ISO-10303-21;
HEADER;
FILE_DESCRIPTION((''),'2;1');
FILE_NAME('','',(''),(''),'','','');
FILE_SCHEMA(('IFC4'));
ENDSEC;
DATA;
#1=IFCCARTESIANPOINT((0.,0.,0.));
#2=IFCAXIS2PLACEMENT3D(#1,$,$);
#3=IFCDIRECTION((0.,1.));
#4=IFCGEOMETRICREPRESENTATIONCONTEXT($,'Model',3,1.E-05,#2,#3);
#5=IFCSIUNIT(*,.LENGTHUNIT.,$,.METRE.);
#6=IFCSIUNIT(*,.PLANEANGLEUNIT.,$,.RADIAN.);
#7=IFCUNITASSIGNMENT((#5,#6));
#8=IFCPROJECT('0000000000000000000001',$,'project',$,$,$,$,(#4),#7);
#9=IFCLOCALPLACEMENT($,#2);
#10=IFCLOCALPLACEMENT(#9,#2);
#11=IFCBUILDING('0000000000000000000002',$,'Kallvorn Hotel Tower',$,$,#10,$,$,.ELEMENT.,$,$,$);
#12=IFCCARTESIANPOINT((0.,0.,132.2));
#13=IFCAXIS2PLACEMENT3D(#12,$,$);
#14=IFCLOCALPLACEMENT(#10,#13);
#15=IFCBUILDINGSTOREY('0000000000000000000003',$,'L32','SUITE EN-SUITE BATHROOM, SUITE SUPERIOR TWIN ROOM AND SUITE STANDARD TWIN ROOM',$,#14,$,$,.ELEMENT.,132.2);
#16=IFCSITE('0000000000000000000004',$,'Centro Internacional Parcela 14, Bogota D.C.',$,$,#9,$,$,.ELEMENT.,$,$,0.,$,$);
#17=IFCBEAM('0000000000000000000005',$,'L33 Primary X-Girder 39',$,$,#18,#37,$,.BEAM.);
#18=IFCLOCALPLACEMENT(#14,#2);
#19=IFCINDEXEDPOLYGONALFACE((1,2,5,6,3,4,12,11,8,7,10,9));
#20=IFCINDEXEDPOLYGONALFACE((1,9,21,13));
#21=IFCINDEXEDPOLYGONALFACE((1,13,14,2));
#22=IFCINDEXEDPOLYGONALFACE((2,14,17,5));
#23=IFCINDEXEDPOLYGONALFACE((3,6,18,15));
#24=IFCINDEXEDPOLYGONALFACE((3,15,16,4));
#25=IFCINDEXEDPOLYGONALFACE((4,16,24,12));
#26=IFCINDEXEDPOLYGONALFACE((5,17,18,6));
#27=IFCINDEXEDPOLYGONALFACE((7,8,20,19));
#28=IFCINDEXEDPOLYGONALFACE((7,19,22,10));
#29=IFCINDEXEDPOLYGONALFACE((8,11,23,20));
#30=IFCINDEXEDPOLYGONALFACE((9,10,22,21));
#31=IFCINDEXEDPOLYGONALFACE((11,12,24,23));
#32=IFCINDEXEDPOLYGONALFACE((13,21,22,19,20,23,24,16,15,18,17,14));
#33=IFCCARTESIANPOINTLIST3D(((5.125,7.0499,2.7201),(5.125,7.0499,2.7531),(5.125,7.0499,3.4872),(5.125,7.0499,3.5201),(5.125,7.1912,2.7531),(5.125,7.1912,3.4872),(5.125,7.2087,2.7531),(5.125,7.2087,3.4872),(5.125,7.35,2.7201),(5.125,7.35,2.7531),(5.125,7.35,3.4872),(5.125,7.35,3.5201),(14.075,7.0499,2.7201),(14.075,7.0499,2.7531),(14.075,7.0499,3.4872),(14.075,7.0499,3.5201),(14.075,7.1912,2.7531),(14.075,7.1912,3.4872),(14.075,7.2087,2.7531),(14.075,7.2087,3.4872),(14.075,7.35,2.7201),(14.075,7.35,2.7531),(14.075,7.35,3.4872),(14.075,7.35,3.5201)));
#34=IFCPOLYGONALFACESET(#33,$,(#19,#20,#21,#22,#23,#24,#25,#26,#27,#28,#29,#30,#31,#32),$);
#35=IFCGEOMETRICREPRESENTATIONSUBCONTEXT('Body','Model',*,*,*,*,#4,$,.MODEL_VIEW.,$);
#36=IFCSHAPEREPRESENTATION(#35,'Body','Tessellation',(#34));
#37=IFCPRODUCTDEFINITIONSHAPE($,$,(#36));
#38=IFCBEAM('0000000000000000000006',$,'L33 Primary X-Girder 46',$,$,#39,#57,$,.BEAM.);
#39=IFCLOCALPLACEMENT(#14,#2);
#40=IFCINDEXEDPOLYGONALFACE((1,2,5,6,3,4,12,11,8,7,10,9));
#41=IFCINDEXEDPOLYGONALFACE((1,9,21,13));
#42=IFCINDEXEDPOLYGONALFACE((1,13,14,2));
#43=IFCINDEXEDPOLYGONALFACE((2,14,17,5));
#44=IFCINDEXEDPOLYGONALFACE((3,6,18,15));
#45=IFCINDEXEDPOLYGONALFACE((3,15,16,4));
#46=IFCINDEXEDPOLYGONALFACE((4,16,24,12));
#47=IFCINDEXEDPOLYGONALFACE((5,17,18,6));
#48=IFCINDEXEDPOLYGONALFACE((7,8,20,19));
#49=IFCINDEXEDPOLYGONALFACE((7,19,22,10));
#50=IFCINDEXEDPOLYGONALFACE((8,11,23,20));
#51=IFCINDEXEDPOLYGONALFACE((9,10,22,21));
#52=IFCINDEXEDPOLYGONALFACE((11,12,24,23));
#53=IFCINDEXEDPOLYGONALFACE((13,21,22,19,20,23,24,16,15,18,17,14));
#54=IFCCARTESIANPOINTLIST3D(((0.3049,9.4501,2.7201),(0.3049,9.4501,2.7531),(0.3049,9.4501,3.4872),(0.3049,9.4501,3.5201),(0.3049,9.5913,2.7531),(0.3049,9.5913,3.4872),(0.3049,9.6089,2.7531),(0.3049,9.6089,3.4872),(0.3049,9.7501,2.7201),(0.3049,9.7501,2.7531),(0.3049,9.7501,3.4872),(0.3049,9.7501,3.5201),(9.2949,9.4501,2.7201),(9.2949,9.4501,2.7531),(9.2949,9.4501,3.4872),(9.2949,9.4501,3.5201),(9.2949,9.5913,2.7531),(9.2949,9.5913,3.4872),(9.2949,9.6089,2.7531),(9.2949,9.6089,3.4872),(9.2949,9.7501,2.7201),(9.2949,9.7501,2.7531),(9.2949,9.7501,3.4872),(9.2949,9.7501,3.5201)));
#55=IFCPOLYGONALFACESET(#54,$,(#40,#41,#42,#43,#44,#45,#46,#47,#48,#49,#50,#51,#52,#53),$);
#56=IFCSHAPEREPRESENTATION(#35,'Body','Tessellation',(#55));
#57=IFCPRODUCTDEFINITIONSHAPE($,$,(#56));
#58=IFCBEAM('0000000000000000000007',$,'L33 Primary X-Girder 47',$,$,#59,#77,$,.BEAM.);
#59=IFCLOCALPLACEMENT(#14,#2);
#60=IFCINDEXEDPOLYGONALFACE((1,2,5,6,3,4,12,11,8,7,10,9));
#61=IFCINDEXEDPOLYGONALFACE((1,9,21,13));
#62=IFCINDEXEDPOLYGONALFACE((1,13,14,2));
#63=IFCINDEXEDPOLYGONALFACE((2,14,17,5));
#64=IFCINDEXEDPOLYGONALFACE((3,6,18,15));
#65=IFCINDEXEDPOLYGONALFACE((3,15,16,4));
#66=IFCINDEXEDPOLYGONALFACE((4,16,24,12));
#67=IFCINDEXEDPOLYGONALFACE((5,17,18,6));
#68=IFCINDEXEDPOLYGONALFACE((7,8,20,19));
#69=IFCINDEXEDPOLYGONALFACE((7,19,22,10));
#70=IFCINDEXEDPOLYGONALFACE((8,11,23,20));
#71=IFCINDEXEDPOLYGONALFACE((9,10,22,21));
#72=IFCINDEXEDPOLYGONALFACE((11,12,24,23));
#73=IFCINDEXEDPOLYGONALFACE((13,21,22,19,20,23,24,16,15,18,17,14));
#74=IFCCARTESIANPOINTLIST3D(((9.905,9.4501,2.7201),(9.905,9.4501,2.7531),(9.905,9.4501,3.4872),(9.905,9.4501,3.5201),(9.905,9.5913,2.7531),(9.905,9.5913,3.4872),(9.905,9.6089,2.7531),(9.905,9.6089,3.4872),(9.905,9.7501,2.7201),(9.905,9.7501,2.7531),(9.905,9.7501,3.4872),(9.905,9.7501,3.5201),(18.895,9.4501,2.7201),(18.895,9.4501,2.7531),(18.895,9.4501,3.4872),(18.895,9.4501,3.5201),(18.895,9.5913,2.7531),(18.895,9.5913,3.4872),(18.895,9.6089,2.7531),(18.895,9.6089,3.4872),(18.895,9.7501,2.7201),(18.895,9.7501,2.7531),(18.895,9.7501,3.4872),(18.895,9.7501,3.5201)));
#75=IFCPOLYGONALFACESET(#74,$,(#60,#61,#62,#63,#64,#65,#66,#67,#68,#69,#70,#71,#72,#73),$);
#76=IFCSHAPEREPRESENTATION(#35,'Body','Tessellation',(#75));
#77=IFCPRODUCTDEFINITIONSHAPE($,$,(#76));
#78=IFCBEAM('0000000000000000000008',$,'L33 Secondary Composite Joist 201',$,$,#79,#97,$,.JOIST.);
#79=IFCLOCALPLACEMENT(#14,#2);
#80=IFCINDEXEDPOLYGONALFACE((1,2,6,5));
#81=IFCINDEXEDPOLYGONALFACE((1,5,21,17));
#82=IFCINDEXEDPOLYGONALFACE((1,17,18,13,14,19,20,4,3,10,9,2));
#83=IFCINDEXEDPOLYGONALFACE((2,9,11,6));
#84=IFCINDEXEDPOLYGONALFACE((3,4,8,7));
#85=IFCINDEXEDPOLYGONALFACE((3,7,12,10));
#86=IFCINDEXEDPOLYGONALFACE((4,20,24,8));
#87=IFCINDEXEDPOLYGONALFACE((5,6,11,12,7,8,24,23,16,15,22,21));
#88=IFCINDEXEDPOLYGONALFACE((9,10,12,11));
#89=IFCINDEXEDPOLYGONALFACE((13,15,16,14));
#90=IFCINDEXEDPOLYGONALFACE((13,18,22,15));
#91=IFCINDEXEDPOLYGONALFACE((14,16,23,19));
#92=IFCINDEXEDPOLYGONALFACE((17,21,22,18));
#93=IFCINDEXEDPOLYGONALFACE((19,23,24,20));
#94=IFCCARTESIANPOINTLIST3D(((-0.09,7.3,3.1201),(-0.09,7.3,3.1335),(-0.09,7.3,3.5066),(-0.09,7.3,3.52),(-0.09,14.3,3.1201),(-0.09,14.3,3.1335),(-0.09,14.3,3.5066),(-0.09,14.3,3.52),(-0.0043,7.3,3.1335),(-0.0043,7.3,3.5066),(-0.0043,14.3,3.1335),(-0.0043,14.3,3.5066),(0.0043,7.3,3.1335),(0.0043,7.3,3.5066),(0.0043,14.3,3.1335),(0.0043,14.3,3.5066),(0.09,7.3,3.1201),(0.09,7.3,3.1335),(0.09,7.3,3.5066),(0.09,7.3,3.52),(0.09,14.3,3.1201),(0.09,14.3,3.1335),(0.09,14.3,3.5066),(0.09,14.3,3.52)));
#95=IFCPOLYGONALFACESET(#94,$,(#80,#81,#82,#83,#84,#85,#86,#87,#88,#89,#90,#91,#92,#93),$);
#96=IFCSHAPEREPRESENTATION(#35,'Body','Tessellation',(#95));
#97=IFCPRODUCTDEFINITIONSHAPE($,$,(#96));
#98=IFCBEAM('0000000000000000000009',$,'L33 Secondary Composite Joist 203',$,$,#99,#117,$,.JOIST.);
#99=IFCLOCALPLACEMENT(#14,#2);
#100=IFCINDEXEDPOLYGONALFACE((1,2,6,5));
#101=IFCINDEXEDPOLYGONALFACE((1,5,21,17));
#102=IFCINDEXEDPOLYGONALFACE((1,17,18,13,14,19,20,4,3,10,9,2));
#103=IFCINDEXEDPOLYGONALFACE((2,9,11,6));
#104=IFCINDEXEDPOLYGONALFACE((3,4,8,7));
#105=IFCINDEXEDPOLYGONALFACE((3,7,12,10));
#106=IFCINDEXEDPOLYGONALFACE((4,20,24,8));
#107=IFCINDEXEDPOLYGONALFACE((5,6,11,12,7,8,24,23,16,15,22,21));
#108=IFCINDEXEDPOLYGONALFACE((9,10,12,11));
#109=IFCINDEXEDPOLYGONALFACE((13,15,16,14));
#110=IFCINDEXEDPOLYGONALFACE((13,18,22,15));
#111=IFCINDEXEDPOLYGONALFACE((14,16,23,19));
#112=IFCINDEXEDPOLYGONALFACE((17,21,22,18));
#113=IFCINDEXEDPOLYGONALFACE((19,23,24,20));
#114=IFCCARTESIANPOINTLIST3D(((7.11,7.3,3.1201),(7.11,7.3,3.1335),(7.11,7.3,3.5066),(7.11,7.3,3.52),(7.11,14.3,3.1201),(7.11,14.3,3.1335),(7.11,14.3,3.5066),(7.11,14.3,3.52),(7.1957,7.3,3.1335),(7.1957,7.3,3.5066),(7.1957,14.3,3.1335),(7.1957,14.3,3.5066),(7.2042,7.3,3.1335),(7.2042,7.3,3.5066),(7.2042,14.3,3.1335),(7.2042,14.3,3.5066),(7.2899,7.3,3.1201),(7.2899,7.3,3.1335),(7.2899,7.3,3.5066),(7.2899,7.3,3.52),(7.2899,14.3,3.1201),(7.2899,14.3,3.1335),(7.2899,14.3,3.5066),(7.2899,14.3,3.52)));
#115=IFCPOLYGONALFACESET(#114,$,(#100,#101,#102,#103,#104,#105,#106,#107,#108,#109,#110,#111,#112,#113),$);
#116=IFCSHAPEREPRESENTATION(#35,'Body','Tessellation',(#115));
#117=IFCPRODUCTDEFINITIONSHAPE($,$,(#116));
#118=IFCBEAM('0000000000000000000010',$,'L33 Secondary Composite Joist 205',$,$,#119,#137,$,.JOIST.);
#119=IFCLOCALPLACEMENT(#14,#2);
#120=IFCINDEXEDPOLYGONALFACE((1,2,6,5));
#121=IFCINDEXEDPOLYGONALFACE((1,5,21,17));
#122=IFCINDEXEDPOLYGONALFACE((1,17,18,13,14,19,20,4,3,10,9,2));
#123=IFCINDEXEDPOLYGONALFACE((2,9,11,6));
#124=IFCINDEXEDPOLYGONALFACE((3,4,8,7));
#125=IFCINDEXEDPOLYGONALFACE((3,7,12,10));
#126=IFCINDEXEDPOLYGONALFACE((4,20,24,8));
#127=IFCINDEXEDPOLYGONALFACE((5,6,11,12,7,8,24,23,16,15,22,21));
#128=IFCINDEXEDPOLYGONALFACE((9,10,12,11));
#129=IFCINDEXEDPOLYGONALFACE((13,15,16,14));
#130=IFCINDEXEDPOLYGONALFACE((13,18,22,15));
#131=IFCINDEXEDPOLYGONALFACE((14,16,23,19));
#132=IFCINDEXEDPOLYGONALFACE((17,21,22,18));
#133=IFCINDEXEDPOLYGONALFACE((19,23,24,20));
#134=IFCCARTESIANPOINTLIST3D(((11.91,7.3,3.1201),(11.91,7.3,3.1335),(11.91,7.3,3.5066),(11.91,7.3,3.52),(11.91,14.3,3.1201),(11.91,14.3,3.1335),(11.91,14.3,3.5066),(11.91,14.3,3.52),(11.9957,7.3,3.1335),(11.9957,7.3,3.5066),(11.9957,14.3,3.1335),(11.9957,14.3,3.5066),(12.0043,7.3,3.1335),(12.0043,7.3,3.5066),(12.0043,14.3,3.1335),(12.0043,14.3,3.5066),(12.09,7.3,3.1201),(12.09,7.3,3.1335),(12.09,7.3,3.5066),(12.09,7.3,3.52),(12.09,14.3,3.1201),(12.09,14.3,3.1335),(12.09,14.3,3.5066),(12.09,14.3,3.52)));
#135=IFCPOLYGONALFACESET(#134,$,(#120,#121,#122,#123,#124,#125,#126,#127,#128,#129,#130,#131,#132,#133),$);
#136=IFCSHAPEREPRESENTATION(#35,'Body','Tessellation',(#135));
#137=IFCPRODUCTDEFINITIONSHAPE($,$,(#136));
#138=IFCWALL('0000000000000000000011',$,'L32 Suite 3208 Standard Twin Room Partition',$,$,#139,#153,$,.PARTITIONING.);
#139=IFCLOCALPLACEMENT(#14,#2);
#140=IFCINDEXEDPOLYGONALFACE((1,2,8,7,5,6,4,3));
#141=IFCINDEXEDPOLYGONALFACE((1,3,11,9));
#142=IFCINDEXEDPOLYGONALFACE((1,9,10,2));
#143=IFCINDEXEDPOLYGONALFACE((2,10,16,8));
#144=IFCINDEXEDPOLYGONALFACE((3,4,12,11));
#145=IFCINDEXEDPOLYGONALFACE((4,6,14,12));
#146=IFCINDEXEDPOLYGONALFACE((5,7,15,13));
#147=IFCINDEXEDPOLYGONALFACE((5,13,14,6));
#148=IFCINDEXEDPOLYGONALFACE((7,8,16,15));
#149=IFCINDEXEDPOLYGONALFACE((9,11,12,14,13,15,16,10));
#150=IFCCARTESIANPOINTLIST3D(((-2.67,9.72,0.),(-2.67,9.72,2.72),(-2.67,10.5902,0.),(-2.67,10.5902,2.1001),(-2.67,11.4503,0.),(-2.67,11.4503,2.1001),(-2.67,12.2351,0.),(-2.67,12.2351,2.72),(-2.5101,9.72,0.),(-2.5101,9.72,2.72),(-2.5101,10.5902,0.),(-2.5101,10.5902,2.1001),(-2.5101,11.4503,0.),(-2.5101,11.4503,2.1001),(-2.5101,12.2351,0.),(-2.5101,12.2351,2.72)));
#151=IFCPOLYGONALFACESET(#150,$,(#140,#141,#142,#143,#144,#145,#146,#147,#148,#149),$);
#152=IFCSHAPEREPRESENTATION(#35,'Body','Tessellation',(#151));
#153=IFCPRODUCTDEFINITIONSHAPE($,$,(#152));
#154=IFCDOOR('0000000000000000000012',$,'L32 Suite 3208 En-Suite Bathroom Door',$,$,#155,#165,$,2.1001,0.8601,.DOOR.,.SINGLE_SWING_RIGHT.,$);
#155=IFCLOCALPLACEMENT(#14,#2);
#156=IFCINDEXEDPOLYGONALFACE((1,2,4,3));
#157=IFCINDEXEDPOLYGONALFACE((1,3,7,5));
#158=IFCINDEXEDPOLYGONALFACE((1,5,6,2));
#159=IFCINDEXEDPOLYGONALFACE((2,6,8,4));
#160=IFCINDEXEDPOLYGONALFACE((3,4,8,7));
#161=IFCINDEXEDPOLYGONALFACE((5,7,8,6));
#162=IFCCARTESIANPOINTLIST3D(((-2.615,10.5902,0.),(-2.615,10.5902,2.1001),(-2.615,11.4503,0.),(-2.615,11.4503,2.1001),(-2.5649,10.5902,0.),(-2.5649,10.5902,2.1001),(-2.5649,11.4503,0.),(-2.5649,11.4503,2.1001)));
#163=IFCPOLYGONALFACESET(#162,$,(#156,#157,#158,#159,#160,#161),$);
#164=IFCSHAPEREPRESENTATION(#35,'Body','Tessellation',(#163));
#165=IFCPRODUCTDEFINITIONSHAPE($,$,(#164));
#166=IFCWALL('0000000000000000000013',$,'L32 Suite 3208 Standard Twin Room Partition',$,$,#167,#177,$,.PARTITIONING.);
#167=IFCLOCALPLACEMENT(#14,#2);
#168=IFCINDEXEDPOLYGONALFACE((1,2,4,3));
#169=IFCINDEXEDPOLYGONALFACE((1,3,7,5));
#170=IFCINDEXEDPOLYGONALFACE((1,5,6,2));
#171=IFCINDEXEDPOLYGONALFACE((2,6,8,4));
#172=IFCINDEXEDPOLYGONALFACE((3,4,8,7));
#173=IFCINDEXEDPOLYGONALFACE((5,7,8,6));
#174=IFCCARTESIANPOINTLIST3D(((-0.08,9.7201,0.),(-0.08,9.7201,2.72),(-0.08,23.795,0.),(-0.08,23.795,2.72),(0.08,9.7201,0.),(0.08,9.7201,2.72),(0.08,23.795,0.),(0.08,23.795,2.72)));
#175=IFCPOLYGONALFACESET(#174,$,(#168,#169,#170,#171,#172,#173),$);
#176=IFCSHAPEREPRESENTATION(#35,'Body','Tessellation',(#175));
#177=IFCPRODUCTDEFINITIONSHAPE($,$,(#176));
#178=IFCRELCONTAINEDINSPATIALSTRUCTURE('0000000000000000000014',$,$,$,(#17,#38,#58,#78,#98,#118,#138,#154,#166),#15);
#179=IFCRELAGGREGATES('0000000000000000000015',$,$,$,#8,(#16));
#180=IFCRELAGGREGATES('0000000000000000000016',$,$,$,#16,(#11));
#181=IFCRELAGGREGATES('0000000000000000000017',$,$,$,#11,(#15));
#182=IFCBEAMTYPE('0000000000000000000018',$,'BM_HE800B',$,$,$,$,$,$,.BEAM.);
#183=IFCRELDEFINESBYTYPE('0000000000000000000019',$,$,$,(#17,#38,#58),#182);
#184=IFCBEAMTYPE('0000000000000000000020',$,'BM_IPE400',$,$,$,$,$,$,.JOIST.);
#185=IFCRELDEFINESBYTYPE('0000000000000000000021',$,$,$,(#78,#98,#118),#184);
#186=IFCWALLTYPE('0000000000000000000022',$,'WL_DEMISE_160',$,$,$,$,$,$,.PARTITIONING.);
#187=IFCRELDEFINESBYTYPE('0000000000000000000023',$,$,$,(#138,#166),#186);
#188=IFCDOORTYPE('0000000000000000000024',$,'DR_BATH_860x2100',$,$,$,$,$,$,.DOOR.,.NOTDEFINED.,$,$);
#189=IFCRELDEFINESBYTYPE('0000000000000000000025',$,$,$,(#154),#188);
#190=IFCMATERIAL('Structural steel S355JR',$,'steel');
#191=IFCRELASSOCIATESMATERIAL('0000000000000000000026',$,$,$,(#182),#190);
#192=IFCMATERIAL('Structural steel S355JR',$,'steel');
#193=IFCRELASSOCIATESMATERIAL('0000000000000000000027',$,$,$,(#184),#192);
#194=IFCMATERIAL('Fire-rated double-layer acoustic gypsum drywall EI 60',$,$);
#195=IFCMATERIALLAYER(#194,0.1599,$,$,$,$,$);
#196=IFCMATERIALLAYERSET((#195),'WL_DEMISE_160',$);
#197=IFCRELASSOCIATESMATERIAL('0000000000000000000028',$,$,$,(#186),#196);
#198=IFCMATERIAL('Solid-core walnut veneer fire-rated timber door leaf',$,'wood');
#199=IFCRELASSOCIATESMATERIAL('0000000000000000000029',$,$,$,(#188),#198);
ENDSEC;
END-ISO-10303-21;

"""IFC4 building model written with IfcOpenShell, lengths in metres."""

from ifc_helpers import new_model, si_unit, direction, frame, frame_2d, origin, origin_2d, place, context, subcontext, project, spatial, rectangle, i_section, extrude, material, layer, layer_set, material_profile, profile_set, type_object, element, fill, save


model = new_model("IFC4")

# Units and contexts
model_context = context("Model", 3, precision=1e-05, world=origin(), true_north=direction((0.0, 1.0)))
body_context = subcontext(model_context, "Body", "Model", "MODEL_VIEW")
ifc_project = project(units=[si_unit("LENGTHUNIT", "METRE"), si_unit("PLANEANGLEUNIT", "RADIAN")], contexts=[model_context])

# Site, building, storey
site_placement = place(None, origin())
site = spatial("IfcSite", under=ifc_project, at=site_placement, Name="Centro Internacional Parcela 14, Bogota D.C.", CompositionType="ELEMENT", RefElevation=0.0)
building_placement = place(site_placement, origin())
building = spatial("IfcBuilding", under=site, at=building_placement, Name="Kallvorn Hotel Tower", CompositionType="ELEMENT")
storey_placement = place(building_placement, frame((0.0, 0.0, 132.2)))
storey = spatial("IfcBuildingStorey", under=building, at=storey_placement, Name="L32", Description="SUITE EN-SUITE BATHROOM, SUITE SUPERIOR TWIN ROOM AND SUITE STANDARD TWIN ROOM", CompositionType="ELEMENT", Elevation=132.2)

# Beams
ifc_material_1 = material(Name="Structural steel S355JR", Category="steel")
ifc_material_profile_1 = material_profile(ifc_material_1, i_section(OverallWidth=0.3, OverallDepth=0.8, WebThickness=0.0176, FlangeThickness=0.033, at=origin_2d()), Name="HE 800 B")
ifc_profile_set_1 = profile_set([ifc_material_profile_1], Name="Structural steel S355JR")
beam_type_1 = type_object("IfcBeamType", Name="BM_HE800B", PredefinedType="BEAM", material=ifc_profile_set_1)
beam_1_placement = place(storey_placement, frame((5.125, 7.2, 3.1201), z_axis=(1.0, 0.0, 0.0), x_axis=(0.0, 1.0, 0.0)))
element("IfcBeam", 1, at=beam_1_placement, inside=storey, type_object=beam_type_1, Name="L33 Primary X-Girder 39", PredefinedType="BEAM", context=body_context, shape_type="SweptSolid", body=[
    extrude(i_section(OverallWidth=0.3, OverallDepth=0.8, WebThickness=0.0176, FlangeThickness=0.033, at=origin_2d()), origin(), (0.0, 0.0, 1.0), 8.95),
])
for number, where, z_axis, x_axis, name in (
    (2, (0.3049, 9.6001, 3.1201), (1.0, 0.0, 0.0), (0.0, 1.0, 0.0), "L33 Primary X-Girder 46"),
    (3, (9.905, 9.6001, 3.1201), (1.0, 0.0, 0.0), (0.0, 1.0, 0.0), "L33 Primary X-Girder 47"),
):
    element("IfcBeam", number, at=place(storey_placement, frame(where, z_axis=z_axis, x_axis=x_axis)), inside=storey, type_object=beam_type_1, Name=name, PredefinedType="BEAM", context=body_context, shape_type="SweptSolid", body=[
        extrude(i_section(OverallWidth=0.3, OverallDepth=0.8, WebThickness=0.0176, FlangeThickness=0.033, at=origin_2d()), origin(), (0.0, 0.0, 1.0), 8.99),
    ])
ifc_material_2 = material(Name="Structural steel S355JR", Category="steel")
ifc_material_profile_2 = material_profile(ifc_material_2, i_section(OverallWidth=0.1799, OverallDepth=0.3999, WebThickness=0.0085, FlangeThickness=0.0134, at=origin_2d()), Name="IPE 400")
ifc_profile_set_2 = profile_set([ifc_material_profile_2], Name="Structural steel S355JR")
beam_type_2 = type_object("IfcBeamType", Name="BM_IPE400", PredefinedType="JOIST", material=ifc_profile_set_2)
for number, where, z_axis, x_axis, name in (
    (4, (0.0, 7.3, 3.3201), (0.0, 1.0, 0.0), (-1.0, 0.0, 0.0), "L33 Secondary Composite Joist 201"),
    (5, (7.2, 7.3, 3.3201), (0.0, 1.0, 0.0), (-1.0, 0.0, 0.0), "L33 Secondary Composite Joist 203"),
    (6, (12.0, 7.3, 3.3201), (0.0, 1.0, 0.0), (-1.0, 0.0, 0.0), "L33 Secondary Composite Joist 205"),
):
    element("IfcBeam", number, at=place(storey_placement, frame(where, z_axis=z_axis, x_axis=x_axis)), inside=storey, type_object=beam_type_2, Name=name, PredefinedType="JOIST", context=body_context, shape_type="SweptSolid", body=[
        extrude(i_section(OverallWidth=0.1799, OverallDepth=0.3999, WebThickness=0.0085, FlangeThickness=0.0134, at=origin_2d()), origin(), (0.0, 0.0, 1.0), 7.0),
    ])

# Wall, opening, door
ifc_material_3 = material(Name="Fire-rated double-layer acoustic gypsum drywall EI 60")
ifc_layer_1 = layer(ifc_material_3, 0.1599)
ifc_layer_set_1 = layer_set([ifc_layer_1], Name="WL_DEMISE_160")
wall_type_1 = type_object("IfcWallType", Name="WL_DEMISE_160", PredefinedType="PARTITIONING", material=ifc_layer_set_1)
wall_1_placement = place(storey_placement, frame((-2.5901, 9.72, 0.0), z_axis=(0.0, 0.0, 1.0), x_axis=(0.0, 1.0, 0.0)))
wall_1 = element("IfcWall", 7, at=wall_1_placement, inside=storey, type_object=wall_type_1, Name="L32 Suite 3208 Standard Twin Room Partition", PredefinedType="PARTITIONING", context=body_context, shape_type="SweptSolid", body=[
    extrude(rectangle(XDim=2.5151, YDim=0.1599, at=frame_2d((1.2576, 0.0))), origin(), (0.0, 0.0, 1.0), 2.72),
])
opening_1_placement = place(wall_1_placement, frame((0.8701, 0.0, 0.0)))
opening_1 = element("IfcOpeningElement", 8, at=opening_1_placement, cuts=wall_1, PredefinedType="OPENING", context=body_context, shape_type="SweptSolid", body=[
    extrude(rectangle(XDim=0.8601, YDim=2.1001, at=frame_2d((0.4302, 1.05))), frame((0.0, 0.095, 0.0), z_axis=(0.0, -1.0, 0.0), x_axis=(1.0, 0.0, 0.0)), (0.0, 0.0, 1.0), 0.1899),
])
ifc_material_4 = material(Name="Solid-core walnut veneer fire-rated timber door leaf", Category="wood")
door_type_1 = type_object("IfcDoorType", Name="DR_BATH_860x2100", OperationType="NOTDEFINED", PredefinedType="DOOR", material=ifc_material_4)
door_1_placement = place(opening_1_placement, origin())
door_1 = element("IfcDoor", 9, at=door_1_placement, inside=storey, type_object=door_type_1, Name="L32 Suite 3208 En-Suite Bathroom Door", OperationType="SINGLE_SWING_RIGHT", OverallHeight=2.1001, OverallWidth=0.8601, PredefinedType="DOOR", context=body_context, shape_type="SweptSolid", body=[
    extrude(rectangle(XDim=0.8601, YDim=2.1001, at=frame_2d((0.4302, 1.05))), frame((0.0, 0.0249, 0.0), z_axis=(0.0, -1.0, 0.0), x_axis=(1.0, 0.0, 0.0)), (0.0, 0.0, 1.0), 0.05),
])
fill(opening_1, door_1)

# Wall
wall_2_placement = place(storey_placement, frame((0.0, 9.72, 0.0), z_axis=(0.0, 0.0, 1.0), x_axis=(0.0, 1.0, 0.0)))
element("IfcWall", 10, at=wall_2_placement, inside=storey, type_object=wall_type_1, Name="L32 Suite 3208 Standard Twin Room Partition", PredefinedType="PARTITIONING", context=body_context, shape_type="SweptSolid", body=[
    extrude(rectangle(XDim=14.075, YDim=0.1599, at=frame_2d((7.0376, 0.0))), origin(), (0.0, 0.0, 1.0), 2.72),
])

save(model, "model.ifc")
